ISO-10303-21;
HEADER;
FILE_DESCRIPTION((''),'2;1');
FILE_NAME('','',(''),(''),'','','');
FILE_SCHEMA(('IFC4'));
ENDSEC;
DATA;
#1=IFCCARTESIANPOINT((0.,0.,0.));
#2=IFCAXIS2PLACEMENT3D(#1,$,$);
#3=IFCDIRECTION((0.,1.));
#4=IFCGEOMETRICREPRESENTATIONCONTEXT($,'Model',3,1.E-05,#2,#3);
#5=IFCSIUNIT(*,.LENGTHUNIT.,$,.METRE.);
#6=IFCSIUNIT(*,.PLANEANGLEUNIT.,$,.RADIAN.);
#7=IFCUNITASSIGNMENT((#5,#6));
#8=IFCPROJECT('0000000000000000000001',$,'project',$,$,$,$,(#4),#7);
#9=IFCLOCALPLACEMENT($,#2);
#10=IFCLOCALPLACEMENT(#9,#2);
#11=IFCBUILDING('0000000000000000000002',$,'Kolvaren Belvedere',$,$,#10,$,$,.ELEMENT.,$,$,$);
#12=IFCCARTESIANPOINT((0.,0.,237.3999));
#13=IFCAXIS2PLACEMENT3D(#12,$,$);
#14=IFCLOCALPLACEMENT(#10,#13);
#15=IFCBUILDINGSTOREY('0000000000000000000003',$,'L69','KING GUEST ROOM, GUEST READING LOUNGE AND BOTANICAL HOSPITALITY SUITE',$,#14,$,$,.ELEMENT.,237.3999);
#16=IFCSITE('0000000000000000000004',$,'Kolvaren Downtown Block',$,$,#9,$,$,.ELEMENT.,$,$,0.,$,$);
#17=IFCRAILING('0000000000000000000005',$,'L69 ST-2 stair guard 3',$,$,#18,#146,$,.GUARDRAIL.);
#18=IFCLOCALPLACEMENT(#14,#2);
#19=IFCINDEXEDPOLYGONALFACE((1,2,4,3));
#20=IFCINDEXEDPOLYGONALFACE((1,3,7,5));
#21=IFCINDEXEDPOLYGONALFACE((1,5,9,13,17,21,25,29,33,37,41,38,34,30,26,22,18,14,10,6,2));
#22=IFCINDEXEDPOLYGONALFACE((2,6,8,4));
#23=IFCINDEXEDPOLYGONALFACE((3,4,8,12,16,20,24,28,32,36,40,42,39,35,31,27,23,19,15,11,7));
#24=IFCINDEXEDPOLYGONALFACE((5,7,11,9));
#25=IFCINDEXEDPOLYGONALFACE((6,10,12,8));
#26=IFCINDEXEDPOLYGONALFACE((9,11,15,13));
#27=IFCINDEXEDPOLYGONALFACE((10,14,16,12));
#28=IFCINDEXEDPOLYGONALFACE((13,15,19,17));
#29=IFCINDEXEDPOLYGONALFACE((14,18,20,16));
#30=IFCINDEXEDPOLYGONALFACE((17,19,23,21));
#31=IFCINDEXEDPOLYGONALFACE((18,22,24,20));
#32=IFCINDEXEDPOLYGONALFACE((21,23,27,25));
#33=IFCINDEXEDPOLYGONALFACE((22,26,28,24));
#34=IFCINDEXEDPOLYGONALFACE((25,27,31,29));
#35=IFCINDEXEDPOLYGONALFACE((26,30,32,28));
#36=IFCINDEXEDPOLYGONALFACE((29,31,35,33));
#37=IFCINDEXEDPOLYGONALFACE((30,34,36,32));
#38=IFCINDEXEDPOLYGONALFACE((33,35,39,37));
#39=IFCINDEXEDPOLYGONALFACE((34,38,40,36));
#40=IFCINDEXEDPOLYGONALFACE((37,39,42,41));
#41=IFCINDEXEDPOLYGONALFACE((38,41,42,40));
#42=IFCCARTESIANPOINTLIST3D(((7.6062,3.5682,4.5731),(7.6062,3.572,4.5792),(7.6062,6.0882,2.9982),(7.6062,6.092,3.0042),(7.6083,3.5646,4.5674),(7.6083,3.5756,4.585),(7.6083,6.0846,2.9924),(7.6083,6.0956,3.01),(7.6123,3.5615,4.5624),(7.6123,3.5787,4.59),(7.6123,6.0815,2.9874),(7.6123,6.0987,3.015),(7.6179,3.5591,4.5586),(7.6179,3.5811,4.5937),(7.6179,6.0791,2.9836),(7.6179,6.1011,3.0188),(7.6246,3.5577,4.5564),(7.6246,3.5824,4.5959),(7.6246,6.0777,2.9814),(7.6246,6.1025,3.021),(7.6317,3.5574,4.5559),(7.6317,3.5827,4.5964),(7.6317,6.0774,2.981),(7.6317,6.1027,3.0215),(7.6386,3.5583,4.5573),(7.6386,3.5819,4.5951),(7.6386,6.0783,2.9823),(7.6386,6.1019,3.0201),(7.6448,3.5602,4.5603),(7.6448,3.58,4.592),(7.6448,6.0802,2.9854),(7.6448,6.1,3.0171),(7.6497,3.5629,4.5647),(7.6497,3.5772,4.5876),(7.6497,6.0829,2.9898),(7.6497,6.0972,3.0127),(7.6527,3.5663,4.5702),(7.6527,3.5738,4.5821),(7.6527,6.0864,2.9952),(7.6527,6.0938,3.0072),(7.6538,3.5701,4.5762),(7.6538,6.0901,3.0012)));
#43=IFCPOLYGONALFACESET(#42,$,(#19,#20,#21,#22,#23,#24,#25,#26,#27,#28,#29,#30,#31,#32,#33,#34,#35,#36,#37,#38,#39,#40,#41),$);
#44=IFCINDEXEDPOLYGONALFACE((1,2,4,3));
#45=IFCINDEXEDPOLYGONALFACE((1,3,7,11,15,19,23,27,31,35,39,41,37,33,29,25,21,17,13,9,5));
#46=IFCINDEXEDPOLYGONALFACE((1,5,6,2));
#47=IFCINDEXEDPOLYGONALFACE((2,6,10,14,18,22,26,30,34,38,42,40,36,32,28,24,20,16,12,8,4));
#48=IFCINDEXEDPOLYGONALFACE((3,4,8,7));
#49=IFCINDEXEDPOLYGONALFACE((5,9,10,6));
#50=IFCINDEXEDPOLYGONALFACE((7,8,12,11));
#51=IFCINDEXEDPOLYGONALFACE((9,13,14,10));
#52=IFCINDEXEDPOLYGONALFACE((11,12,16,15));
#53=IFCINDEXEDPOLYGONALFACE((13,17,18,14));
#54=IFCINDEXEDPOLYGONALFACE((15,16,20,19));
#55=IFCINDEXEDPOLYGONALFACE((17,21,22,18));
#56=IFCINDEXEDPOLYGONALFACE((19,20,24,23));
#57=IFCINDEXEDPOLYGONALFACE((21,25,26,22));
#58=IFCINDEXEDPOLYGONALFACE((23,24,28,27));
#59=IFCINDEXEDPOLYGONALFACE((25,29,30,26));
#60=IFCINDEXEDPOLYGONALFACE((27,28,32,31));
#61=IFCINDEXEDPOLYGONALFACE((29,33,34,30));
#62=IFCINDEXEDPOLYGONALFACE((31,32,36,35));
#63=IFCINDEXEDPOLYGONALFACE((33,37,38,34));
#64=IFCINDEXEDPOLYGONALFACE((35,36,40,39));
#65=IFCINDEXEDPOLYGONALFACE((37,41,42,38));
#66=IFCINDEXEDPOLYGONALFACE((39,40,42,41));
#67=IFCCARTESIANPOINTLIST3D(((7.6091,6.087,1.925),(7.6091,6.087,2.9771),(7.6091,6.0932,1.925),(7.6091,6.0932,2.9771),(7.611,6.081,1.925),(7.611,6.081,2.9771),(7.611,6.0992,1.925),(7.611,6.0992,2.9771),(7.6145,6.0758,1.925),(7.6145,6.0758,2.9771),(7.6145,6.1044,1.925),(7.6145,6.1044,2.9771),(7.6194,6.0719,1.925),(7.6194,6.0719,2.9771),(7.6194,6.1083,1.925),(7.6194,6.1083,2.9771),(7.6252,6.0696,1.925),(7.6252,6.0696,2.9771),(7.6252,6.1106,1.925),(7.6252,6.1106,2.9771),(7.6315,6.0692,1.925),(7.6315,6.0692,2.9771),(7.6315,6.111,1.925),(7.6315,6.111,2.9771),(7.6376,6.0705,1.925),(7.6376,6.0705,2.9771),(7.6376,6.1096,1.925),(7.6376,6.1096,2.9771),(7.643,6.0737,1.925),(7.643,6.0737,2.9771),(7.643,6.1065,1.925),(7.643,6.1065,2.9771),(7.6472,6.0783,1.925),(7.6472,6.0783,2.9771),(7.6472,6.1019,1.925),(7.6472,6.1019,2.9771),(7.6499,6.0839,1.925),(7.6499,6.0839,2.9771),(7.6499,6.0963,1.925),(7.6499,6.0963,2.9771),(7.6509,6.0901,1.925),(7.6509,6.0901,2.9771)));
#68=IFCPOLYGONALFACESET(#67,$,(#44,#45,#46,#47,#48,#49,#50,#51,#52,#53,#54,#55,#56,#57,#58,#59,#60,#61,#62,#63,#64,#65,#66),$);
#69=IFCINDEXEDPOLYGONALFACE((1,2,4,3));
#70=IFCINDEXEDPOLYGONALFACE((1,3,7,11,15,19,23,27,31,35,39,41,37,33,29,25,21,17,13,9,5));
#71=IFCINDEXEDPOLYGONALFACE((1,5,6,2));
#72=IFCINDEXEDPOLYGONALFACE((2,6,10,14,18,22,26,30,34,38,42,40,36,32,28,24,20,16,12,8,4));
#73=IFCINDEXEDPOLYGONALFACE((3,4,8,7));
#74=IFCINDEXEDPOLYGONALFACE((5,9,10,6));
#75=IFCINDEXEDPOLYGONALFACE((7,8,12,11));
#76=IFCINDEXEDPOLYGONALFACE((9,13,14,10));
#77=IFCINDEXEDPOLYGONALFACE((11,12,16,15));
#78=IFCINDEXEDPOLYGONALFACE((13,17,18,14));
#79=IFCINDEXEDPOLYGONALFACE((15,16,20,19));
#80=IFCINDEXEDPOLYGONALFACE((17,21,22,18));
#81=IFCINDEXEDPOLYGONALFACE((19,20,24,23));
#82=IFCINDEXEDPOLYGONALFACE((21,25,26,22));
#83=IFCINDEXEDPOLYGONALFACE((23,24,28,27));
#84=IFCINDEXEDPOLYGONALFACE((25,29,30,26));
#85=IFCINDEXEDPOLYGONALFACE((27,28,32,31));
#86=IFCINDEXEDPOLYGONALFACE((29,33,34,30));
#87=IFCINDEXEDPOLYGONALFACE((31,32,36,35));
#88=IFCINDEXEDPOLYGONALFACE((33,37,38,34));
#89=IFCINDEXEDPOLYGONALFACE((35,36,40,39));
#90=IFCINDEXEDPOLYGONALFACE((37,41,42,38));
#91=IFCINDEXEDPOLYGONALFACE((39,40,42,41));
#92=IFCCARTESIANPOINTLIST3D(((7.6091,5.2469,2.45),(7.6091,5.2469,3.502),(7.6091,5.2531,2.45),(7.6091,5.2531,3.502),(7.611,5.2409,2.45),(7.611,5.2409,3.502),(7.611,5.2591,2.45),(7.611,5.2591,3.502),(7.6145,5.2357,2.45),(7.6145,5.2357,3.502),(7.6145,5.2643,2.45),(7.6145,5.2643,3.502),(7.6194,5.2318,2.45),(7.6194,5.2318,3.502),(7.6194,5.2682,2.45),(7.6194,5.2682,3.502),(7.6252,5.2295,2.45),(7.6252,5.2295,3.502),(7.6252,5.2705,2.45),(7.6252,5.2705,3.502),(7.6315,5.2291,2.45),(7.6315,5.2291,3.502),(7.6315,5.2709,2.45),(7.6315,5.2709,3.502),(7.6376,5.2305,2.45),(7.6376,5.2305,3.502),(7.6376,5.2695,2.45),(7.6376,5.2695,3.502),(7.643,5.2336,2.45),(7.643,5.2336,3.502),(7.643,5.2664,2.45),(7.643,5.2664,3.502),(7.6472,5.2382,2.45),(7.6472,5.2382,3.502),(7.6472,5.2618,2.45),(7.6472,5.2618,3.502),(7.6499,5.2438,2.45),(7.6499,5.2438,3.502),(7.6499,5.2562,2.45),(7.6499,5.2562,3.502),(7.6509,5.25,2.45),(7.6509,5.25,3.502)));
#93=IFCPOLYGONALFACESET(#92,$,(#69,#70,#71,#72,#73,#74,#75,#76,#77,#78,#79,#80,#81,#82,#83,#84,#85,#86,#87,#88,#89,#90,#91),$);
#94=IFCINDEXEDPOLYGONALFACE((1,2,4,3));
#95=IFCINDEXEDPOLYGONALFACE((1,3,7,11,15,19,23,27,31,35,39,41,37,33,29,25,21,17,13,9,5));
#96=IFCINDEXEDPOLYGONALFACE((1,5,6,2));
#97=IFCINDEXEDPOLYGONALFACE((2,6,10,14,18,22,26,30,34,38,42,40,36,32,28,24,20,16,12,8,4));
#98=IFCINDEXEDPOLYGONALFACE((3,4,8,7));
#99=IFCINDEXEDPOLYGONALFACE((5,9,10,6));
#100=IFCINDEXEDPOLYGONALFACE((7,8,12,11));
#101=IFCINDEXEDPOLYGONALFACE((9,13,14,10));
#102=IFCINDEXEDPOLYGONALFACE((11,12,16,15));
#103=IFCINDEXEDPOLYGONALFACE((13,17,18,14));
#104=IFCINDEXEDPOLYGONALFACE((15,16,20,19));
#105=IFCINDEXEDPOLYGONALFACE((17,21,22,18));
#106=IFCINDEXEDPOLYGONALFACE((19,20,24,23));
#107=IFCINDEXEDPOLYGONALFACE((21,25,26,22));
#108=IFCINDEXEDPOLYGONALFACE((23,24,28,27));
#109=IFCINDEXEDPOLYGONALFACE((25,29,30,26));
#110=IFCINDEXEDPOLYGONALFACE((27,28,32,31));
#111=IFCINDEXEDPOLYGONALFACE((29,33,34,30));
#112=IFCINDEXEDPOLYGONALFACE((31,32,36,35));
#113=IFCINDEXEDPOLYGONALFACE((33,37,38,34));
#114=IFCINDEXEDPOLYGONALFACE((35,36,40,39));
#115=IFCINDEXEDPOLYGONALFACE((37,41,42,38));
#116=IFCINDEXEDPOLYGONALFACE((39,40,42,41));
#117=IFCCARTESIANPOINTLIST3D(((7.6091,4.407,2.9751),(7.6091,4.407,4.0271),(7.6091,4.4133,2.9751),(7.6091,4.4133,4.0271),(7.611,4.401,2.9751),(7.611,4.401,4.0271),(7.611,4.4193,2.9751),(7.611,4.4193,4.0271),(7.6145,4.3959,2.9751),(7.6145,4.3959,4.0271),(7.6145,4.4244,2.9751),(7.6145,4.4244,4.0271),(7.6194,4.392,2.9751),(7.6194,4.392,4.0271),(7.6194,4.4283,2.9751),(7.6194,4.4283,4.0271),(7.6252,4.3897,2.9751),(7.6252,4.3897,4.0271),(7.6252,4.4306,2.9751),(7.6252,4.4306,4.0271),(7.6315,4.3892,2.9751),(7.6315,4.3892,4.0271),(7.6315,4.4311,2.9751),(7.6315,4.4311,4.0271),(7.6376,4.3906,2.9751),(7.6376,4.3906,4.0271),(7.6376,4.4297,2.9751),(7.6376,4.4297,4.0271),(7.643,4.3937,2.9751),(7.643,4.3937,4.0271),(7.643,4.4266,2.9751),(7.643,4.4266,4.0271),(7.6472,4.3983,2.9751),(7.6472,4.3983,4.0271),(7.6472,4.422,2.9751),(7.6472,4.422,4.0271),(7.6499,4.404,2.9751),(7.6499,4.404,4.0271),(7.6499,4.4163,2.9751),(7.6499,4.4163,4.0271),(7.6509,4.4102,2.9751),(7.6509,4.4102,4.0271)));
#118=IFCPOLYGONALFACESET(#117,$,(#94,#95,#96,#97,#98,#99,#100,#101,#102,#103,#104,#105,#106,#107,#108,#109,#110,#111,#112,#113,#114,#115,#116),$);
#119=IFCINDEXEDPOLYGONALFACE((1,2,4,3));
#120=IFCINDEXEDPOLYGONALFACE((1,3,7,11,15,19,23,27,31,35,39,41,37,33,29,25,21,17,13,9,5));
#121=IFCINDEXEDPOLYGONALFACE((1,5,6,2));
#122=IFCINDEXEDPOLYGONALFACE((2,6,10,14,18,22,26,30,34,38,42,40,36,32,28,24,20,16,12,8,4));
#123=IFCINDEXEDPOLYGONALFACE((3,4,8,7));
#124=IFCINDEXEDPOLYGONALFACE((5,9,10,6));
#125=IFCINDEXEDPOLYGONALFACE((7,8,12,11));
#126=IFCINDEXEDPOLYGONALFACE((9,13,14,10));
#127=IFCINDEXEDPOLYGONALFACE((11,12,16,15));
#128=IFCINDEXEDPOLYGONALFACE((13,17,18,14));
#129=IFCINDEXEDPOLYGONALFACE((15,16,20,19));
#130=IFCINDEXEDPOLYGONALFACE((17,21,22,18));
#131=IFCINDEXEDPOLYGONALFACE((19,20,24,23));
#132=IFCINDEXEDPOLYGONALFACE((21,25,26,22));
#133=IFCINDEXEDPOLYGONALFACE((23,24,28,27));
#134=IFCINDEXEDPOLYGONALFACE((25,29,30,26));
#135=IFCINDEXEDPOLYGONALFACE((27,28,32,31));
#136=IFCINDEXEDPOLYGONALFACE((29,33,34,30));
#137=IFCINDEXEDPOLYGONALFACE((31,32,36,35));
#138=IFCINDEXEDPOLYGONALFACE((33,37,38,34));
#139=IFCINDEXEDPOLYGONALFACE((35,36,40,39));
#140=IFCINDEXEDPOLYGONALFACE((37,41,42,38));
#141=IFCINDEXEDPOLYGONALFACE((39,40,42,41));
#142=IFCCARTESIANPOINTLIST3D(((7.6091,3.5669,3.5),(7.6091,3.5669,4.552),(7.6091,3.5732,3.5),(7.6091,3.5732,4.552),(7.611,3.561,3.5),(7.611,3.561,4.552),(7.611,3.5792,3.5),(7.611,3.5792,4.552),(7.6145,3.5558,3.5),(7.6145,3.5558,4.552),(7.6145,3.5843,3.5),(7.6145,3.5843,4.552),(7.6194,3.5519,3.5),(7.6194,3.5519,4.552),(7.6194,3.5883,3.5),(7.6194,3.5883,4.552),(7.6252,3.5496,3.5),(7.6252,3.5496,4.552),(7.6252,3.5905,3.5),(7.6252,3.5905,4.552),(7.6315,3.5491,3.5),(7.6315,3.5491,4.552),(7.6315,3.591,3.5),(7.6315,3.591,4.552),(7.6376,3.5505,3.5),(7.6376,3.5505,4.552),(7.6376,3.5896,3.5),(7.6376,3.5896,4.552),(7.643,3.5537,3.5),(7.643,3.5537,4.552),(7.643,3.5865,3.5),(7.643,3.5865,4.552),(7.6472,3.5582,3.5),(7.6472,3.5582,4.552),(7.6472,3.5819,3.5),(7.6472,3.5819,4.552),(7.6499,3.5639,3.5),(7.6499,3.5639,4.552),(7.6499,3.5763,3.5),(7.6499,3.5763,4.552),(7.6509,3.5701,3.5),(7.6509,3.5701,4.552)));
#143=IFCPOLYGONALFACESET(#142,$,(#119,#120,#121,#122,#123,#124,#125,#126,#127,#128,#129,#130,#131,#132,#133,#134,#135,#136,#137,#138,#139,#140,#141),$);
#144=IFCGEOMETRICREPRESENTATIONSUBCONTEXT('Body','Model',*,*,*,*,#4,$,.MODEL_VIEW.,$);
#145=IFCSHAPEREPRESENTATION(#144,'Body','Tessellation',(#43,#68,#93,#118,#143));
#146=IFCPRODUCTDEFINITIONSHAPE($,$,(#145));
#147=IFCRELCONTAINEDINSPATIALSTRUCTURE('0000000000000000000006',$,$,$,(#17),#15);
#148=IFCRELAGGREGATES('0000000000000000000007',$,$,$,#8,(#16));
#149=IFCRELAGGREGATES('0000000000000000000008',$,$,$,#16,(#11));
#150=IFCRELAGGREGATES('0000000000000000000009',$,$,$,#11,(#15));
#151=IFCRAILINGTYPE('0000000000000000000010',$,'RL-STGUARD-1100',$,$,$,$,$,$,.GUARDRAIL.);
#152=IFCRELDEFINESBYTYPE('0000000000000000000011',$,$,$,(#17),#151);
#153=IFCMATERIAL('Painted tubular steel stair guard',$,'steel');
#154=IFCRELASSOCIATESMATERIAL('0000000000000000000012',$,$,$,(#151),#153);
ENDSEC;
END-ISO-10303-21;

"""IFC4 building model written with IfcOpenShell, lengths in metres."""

from ifc_helpers import new_model, si_unit, direction, frame, origin, origin_2d, place, context, subcontext, project, spatial, circle, extrude, material, type_object, element, save


model = new_model("IFC4")

# Units and contexts
model_context = context("Model", 3, precision=1e-05, world=origin(), true_north=direction((0.0, 1.0)))
body_context = subcontext(model_context, "Body", "Model", "MODEL_VIEW")
ifc_project = project(units=[si_unit("LENGTHUNIT", "METRE"), si_unit("PLANEANGLEUNIT", "RADIAN")], contexts=[model_context])

# Site, building, storey
site_placement = place(None, origin())
site = spatial("IfcSite", under=ifc_project, at=site_placement, Name="Kolvaren Downtown Block", CompositionType="ELEMENT", RefElevation=0.0)
building_placement = place(site_placement, origin())
building = spatial("IfcBuilding", under=site, at=building_placement, Name="Kolvaren Belvedere", CompositionType="ELEMENT")
storey_placement = place(building_placement, frame((0.0, 0.0, 237.3999)))
storey = spatial("IfcBuildingStorey", under=building, at=storey_placement, Name="L69", Description="KING GUEST ROOM, GUEST READING LOUNGE AND BOTANICAL HOSPITALITY SUITE", CompositionType="ELEMENT", Elevation=237.3999)

# Railing
ifc_material_1 = material(Name="Painted tubular steel stair guard", Category="steel")
railing_type_1 = type_object("IfcRailingType", Name="RL-STGUARD-1100", PredefinedType="GUARDRAIL", material=ifc_material_1)
railing_1_placement = place(storey_placement, frame((7.6299, 6.0901, 1.925)))
element("IfcRailing", 1, at=railing_1_placement, inside=storey, type_object=railing_type_1, Name="L69 ST-2 stair guard 3", PredefinedType="GUARDRAIL", context=body_context, shape_type="SweptSolid", body=[
    extrude(circle(Radius=0.0239, at=origin_2d()), frame((0.0, 0.0, 1.0762), z_axis=(0.0, -0.848008, 0.529984), x_axis=(1.0, 0.0, 0.0)), (0.0, 0.0, 1.0), 2.9717),
    extrude(circle(Radius=0.021, at=origin_2d()), origin(), (0.0, 0.0, 1.0), 1.052),
    extrude(circle(Radius=0.021, at=origin_2d()), frame((0.0, -0.8401, 0.5249)), (0.0, 0.0, 1.0), 1.052),
    extrude(circle(Radius=0.021, at=origin_2d()), frame((0.0, -1.6799, 1.05)), (0.0, 0.0, 1.0), 1.052),
    extrude(circle(Radius=0.021, at=origin_2d()), frame((0.0, -2.52, 1.575)), (0.0, 0.0, 1.0), 1.052),
])

save(model, "model.ifc")
